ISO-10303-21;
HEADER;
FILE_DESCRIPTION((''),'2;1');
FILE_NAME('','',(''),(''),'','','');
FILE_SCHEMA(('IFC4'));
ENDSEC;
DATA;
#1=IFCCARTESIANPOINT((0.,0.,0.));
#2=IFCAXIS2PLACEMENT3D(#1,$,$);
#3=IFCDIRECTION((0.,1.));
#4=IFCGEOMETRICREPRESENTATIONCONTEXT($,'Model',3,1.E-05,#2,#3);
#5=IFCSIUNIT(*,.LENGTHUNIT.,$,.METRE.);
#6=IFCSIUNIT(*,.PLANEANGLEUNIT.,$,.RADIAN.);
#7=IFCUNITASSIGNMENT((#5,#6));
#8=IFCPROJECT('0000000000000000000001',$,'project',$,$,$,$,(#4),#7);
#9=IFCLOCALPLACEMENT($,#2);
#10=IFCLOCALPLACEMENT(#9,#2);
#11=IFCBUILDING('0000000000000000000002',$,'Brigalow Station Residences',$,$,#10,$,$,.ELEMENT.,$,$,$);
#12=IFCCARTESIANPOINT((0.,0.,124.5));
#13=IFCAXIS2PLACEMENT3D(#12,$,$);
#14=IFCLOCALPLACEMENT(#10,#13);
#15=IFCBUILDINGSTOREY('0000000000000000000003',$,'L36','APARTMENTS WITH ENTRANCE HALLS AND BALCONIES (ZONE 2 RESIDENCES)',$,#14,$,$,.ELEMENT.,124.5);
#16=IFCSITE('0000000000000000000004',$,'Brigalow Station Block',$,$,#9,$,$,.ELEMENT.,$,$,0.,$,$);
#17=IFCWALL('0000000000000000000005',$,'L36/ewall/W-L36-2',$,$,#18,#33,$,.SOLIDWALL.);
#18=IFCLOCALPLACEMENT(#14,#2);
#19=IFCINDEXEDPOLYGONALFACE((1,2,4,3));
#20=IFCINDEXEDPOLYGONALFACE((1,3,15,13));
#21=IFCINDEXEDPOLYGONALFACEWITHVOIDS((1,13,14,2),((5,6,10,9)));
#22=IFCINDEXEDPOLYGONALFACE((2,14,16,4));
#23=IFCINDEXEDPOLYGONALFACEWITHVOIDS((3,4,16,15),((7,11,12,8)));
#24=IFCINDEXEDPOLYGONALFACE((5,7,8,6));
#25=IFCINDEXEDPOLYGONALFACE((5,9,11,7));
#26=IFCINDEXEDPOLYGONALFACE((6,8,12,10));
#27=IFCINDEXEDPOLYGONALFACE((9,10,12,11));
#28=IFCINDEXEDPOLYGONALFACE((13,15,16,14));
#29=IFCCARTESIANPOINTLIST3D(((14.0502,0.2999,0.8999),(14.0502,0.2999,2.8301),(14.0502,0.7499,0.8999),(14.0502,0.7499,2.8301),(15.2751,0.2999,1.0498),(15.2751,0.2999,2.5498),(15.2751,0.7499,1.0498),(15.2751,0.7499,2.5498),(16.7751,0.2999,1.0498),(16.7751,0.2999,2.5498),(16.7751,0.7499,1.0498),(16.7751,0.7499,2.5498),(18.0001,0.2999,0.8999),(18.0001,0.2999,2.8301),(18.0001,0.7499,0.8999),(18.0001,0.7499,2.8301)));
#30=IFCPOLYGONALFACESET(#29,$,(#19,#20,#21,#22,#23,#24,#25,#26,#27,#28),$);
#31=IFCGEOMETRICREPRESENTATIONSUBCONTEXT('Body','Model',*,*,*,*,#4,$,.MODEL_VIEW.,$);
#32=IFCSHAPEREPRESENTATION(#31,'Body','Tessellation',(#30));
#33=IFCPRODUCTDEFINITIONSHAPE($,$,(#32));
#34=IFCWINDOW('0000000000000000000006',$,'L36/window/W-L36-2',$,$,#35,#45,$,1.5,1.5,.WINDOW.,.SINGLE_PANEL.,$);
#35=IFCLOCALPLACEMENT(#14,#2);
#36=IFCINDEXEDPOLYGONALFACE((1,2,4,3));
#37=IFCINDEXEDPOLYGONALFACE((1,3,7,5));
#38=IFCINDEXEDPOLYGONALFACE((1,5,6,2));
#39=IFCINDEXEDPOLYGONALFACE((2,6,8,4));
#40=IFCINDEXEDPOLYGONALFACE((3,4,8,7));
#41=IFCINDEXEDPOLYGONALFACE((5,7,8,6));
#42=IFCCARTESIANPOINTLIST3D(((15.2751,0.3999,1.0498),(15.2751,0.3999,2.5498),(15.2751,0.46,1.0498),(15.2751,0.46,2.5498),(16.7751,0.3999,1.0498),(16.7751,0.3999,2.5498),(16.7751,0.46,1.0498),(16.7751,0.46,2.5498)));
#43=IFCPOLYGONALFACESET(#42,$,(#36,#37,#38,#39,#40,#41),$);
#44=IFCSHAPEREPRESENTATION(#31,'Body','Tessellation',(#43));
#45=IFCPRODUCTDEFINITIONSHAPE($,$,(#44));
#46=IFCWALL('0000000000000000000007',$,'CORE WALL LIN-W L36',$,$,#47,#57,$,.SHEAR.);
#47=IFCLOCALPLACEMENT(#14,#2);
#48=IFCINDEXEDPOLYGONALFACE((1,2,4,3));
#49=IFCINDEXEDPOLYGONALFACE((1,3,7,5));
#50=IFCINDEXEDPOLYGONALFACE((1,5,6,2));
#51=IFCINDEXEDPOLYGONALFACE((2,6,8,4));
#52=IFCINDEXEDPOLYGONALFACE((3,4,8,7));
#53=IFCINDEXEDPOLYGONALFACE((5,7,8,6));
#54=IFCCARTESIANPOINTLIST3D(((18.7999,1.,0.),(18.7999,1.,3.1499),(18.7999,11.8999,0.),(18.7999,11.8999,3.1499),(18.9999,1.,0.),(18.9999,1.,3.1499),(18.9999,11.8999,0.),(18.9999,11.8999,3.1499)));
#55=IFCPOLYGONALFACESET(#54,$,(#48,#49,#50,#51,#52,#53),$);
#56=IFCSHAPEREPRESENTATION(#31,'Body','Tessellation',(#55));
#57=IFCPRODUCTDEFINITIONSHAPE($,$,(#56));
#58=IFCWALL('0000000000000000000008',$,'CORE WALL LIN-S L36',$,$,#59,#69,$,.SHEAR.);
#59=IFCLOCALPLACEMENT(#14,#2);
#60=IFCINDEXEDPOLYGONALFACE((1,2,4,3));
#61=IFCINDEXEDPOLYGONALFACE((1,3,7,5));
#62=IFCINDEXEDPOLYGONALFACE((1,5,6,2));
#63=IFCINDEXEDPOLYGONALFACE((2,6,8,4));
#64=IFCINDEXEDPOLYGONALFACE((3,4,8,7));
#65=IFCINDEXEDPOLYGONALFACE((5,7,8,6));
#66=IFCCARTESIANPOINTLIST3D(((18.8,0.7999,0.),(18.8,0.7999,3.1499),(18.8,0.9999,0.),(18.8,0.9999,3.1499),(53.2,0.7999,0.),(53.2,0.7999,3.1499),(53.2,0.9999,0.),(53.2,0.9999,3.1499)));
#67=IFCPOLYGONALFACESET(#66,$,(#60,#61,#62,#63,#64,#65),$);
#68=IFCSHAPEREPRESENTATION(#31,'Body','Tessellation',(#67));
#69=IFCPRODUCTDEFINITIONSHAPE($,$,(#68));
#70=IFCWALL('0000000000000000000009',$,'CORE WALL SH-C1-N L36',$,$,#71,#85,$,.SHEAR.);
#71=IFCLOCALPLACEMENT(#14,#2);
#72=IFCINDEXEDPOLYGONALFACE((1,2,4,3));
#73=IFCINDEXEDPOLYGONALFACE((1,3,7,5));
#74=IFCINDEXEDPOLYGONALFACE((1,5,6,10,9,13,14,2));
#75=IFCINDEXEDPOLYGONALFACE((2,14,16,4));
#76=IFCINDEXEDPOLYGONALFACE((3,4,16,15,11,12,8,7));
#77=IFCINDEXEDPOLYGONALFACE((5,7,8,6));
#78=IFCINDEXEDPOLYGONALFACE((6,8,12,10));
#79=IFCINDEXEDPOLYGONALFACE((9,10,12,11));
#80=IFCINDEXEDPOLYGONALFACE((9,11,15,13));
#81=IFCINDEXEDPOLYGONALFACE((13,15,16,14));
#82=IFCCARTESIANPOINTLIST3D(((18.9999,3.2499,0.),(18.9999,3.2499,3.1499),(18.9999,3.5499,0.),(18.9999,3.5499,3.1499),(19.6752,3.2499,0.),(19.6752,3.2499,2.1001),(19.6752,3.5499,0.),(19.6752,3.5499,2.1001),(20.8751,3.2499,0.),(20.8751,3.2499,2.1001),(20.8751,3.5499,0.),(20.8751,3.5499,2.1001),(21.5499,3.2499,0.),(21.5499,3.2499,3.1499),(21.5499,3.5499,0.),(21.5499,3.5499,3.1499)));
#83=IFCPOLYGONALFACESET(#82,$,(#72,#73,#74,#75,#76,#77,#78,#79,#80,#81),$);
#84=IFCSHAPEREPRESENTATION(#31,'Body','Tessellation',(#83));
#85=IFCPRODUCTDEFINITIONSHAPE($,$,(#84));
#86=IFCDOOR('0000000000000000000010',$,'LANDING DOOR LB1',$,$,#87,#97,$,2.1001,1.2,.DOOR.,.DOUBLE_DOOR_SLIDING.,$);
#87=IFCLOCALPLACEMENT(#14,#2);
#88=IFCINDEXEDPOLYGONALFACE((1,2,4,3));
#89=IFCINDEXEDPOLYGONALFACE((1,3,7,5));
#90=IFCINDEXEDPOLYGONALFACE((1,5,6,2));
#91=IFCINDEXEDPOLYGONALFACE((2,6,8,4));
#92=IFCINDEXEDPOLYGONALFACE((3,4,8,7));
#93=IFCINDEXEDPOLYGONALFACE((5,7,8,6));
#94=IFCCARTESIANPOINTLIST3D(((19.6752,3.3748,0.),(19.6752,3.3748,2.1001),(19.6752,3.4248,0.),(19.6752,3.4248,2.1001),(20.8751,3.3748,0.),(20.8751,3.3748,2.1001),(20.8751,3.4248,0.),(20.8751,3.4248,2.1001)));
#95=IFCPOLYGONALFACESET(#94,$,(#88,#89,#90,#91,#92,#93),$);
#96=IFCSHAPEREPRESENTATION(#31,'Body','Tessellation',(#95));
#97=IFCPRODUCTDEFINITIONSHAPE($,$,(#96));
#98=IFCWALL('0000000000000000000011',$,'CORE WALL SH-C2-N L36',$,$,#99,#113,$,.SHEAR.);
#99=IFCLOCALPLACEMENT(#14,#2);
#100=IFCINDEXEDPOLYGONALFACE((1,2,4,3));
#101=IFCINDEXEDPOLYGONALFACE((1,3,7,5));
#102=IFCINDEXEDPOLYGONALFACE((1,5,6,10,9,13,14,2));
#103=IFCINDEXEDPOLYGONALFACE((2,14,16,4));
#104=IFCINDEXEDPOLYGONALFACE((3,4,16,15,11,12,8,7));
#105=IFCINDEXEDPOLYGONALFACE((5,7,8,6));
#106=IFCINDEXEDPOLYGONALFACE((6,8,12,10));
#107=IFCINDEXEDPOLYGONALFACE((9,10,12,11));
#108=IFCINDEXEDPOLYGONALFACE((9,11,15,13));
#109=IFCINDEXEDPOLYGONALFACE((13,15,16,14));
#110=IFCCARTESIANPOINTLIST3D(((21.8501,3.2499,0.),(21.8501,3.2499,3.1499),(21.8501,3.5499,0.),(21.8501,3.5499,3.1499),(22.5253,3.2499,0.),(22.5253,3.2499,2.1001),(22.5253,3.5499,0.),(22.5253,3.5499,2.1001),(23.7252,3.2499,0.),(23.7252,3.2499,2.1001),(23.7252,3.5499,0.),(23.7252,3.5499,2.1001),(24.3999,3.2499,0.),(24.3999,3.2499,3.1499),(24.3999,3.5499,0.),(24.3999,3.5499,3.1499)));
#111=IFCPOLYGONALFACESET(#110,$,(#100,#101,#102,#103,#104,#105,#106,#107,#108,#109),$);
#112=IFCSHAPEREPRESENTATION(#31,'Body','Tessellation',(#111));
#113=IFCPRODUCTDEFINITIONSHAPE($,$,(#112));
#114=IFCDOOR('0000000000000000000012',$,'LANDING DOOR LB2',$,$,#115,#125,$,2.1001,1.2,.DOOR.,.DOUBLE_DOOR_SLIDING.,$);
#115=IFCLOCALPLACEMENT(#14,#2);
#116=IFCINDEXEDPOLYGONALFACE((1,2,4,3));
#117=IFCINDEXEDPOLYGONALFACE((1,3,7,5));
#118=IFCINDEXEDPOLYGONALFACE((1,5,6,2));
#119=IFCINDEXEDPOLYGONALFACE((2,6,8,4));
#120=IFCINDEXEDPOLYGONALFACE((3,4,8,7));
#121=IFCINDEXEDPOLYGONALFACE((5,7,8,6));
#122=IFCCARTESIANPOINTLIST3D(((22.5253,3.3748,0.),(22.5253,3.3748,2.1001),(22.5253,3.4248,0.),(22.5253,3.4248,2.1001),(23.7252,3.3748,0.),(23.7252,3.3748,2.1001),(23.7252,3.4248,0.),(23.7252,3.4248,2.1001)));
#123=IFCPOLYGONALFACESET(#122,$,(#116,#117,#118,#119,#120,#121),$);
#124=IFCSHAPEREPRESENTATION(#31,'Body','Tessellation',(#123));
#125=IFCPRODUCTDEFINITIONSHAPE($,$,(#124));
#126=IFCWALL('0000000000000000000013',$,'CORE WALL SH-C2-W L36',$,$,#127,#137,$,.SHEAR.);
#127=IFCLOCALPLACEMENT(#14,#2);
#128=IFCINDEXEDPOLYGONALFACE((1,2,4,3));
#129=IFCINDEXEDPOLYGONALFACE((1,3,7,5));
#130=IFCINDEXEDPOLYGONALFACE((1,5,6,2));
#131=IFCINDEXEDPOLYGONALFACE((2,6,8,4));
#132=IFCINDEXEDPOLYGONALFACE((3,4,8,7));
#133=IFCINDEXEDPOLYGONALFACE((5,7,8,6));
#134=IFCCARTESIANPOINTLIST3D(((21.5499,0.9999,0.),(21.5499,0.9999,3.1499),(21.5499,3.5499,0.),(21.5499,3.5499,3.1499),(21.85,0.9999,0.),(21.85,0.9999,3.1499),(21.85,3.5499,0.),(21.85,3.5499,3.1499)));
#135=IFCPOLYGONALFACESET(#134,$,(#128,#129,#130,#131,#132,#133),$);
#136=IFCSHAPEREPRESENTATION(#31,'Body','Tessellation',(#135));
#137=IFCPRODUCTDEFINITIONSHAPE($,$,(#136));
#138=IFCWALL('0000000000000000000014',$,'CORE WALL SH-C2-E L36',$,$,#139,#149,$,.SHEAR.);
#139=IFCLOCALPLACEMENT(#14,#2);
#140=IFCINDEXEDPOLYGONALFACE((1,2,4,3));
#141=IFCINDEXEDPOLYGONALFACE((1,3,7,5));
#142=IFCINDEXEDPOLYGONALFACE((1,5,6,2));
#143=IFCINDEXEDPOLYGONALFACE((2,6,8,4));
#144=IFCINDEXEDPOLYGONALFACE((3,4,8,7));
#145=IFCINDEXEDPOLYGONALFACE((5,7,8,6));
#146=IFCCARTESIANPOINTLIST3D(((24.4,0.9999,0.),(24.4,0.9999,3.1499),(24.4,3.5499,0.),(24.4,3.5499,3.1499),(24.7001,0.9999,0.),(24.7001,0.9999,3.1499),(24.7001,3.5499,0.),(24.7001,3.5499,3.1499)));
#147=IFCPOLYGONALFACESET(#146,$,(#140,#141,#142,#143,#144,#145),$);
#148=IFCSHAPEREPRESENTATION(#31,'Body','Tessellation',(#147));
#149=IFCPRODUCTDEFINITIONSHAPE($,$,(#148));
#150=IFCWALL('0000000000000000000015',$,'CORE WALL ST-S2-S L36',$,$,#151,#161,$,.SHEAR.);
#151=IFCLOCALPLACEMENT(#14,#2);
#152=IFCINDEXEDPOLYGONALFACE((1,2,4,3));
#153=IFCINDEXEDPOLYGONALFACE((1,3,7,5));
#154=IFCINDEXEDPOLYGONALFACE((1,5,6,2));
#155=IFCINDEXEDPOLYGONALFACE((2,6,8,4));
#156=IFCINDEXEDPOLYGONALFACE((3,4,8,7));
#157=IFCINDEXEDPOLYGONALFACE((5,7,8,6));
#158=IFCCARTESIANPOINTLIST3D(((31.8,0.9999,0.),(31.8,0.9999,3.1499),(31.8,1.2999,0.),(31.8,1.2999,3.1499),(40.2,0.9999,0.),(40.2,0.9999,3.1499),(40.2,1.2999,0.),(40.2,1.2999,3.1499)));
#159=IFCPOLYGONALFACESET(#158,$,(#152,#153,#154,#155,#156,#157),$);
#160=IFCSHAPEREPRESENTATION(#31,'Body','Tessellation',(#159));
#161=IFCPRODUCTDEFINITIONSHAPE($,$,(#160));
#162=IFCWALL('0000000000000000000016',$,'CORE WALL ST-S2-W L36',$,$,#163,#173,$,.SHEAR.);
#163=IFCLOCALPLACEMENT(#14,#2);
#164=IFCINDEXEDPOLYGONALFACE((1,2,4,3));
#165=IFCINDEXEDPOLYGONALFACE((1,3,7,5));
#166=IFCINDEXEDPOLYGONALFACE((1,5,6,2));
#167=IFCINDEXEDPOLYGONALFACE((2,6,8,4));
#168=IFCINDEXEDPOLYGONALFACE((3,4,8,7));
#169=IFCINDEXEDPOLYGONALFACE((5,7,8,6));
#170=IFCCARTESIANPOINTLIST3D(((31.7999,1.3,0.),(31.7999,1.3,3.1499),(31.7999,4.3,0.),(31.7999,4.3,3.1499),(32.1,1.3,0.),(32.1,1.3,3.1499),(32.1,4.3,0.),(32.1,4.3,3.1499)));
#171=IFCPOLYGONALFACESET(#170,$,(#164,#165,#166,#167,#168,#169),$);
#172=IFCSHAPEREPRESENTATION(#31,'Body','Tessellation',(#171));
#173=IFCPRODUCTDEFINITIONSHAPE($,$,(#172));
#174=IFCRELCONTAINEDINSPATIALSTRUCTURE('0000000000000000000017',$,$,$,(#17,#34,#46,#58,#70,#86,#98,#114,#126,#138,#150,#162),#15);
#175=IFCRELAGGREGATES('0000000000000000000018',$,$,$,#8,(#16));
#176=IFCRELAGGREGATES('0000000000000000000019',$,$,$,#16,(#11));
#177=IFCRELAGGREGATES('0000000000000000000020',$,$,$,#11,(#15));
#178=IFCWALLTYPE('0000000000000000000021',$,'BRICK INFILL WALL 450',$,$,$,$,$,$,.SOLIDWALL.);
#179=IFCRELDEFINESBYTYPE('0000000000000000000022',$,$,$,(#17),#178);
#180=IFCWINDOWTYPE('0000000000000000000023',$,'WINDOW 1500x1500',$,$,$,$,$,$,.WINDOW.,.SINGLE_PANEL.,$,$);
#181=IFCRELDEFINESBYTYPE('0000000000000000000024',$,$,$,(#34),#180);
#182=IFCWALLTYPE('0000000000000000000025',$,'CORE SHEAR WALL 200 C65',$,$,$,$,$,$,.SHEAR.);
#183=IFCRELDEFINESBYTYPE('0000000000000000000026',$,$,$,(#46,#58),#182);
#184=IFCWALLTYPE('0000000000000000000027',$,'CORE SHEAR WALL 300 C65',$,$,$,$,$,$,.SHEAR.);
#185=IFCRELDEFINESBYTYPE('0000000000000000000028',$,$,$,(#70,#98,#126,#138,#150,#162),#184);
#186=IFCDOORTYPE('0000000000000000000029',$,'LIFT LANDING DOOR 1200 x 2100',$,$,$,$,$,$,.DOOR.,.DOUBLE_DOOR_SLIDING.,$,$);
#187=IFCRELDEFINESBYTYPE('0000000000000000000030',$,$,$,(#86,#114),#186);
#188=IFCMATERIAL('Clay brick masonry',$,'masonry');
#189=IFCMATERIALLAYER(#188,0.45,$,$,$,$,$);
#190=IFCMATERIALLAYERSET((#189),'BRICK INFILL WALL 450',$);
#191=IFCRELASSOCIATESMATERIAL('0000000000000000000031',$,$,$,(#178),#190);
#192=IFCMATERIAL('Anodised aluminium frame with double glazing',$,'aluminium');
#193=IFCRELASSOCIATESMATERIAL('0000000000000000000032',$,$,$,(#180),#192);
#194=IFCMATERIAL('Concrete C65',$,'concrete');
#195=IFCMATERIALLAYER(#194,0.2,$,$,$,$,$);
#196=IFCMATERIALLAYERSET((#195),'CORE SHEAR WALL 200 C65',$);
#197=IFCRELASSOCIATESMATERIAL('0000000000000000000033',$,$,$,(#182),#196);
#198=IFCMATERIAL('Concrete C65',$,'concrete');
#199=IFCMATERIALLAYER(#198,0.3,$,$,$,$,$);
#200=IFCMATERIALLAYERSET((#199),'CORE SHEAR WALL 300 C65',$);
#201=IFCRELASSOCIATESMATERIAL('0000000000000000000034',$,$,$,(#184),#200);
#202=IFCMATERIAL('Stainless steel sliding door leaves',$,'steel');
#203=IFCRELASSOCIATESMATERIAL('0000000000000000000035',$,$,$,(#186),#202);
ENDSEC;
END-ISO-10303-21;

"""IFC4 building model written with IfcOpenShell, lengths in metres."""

from ifc_helpers import new_model, si_unit, direction, frame, frame_2d, origin, place, context, subcontext, project, spatial, rectangle, extrude, material, layer, layer_set, type_object, element, fill, save


model = new_model("IFC4")

# Units and contexts
model_context = context("Model", 3, precision=1e-05, world=origin(), true_north=direction((0.0, 1.0)))
body_context = subcontext(model_context, "Body", "Model", "MODEL_VIEW")
ifc_project = project(units=[si_unit("LENGTHUNIT", "METRE"), si_unit("PLANEANGLEUNIT", "RADIAN")], contexts=[model_context])

# Site, building, storey
site_placement = place(None, origin())
site = spatial("IfcSite", under=ifc_project, at=site_placement, Name="Brigalow Station Block", CompositionType="ELEMENT", RefElevation=0.0)
building_placement = place(site_placement, origin())
building = spatial("IfcBuilding", under=site, at=building_placement, Name="Brigalow Station Residences", CompositionType="ELEMENT")
storey_placement = place(building_placement, frame((0.0, 0.0, 124.5)))
storey = spatial("IfcBuildingStorey", under=building, at=storey_placement, Name="L36", Description="APARTMENTS WITH ENTRANCE HALLS AND BALCONIES (ZONE 2 RESIDENCES)", CompositionType="ELEMENT", Elevation=124.5)

# Wall, opening, window
ifc_material_1 = material(Name="Clay brick masonry", Category="masonry")
ifc_layer_1 = layer(ifc_material_1, 0.45)
ifc_layer_set_1 = layer_set([ifc_layer_1], Name="BRICK INFILL WALL 450")
wall_type_1 = type_object("IfcWallType", Name="BRICK INFILL WALL 450", PredefinedType="SOLIDWALL", material=ifc_layer_set_1)
wall_1_placement = place(storey_placement, frame((14.05, 0.5249, 0.8999), z_axis=(0.0, 0.0, 1.0), x_axis=(1.0, 0.0, 0.0)))
wall_1 = element("IfcWall", 1, at=wall_1_placement, inside=storey, type_object=wall_type_1, Name="L36/ewall/W-L36-2", PredefinedType="SOLIDWALL", context=body_context, shape_type="SweptSolid", body=[
    extrude(rectangle(XDim=3.95, YDim=0.45, at=frame_2d((1.9751, 0.0))), origin(), (0.0, 0.0, 1.0), 1.9302),
])
opening_1_placement = place(wall_1_placement, frame((1.2251, 0.0, 0.1499)))
opening_1 = element("IfcOpeningElement", 2, at=opening_1_placement, cuts=wall_1, PredefinedType="OPENING", context=body_context, shape_type="SweptSolid", body=[
    extrude(rectangle(XDim=1.5, YDim=1.5, at=frame_2d((0.75, 0.75))), frame((0.0, 0.2349, 0.0), z_axis=(0.0, -1.0, 0.0), x_axis=(1.0, 0.0, 0.0)), (0.0, 0.0, 1.0), 0.47),
])
ifc_material_2 = material(Name="Anodised aluminium frame with double glazing", Category="aluminium")
window_type = type_object("IfcWindowType", Name="WINDOW 1500x1500", PartitioningType="SINGLE_PANEL", PredefinedType="WINDOW", material=ifc_material_2)
window_placement = place(opening_1_placement, origin())
window = element("IfcWindow", 3, at=window_placement, inside=storey, type_object=window_type, Name="L36/window/W-L36-2", OverallHeight=1.5, OverallWidth=1.5, PartitioningType="SINGLE_PANEL", PredefinedType="WINDOW", context=body_context, shape_type="SweptSolid", body=[
    extrude(rectangle(XDim=1.5, YDim=1.5, at=frame_2d((0.75, 0.75))), frame((0.0, -0.0649, 0.0), z_axis=(0.0, -1.0, 0.0), x_axis=(1.0, 0.0, 0.0)), (0.0, 0.0, 1.0), 0.0601),
])
fill(opening_1, window)

# Walls
ifc_material_3 = material(Name="Concrete C65", Category="concrete")
ifc_layer_2 = layer(ifc_material_3, 0.2)
ifc_layer_set_2 = layer_set([ifc_layer_2], Name="CORE SHEAR WALL 200 C65")
wall_type_2 = type_object("IfcWallType", Name="CORE SHEAR WALL 200 C65", PredefinedType="SHEAR", material=ifc_layer_set_2)
wall_2_placement = place(storey_placement, frame((18.8999, 1.0, 0.0), z_axis=(0.0, 0.0, 1.0), x_axis=(0.0, 1.0, 0.0)))
element("IfcWall", 4, at=wall_2_placement, inside=storey, type_object=wall_type_2, Name="CORE WALL LIN-W L36", PredefinedType="SHEAR", context=body_context, shape_type="SweptSolid", body=[
    extrude(rectangle(XDim=10.8999, YDim=0.2, at=frame_2d((5.45, 0.0))), origin(), (0.0, 0.0, 1.0), 3.1499),
])
wall_3_placement = place(storey_placement, frame((18.8, 0.8999, 0.0), z_axis=(0.0, 0.0, 1.0), x_axis=(1.0, 0.0, 0.0)))
element("IfcWall", 5, at=wall_3_placement, inside=storey, type_object=wall_type_2, Name="CORE WALL LIN-S L36", PredefinedType="SHEAR", context=body_context, shape_type="SweptSolid", body=[
    extrude(rectangle(XDim=34.3999, YDim=0.2, at=frame_2d((17.2, 0.0))), origin(), (0.0, 0.0, 1.0), 3.1499),
])

# Walls, openings, doors
ifc_material_4 = material(Name="Concrete C65", Category="concrete")
ifc_layer_3 = layer(ifc_material_4, 0.3)
ifc_layer_set_3 = layer_set([ifc_layer_3], Name="CORE SHEAR WALL 300 C65")
wall_type_3 = type_object("IfcWallType", Name="CORE SHEAR WALL 300 C65", PredefinedType="SHEAR", material=ifc_layer_set_3)
wall_4_placement = place(storey_placement, frame((19.0, 3.3999, 0.0), z_axis=(0.0, 0.0, 1.0), x_axis=(1.0, 0.0, 0.0)))
wall_4 = element("IfcWall", 6, at=wall_4_placement, inside=storey, type_object=wall_type_3, Name="CORE WALL SH-C1-N L36", PredefinedType="SHEAR", context=body_context, shape_type="SweptSolid", body=[
    extrude(rectangle(XDim=2.55, YDim=0.3, at=frame_2d((1.2749, 0.0))), origin(), (0.0, 0.0, 1.0), 3.1499),
])
opening_2_placement = place(wall_4_placement, frame((0.675, 0.0, 0.0)))
opening_2 = element("IfcOpeningElement", 7, at=opening_2_placement, cuts=wall_4, PredefinedType="OPENING", context=body_context, shape_type="SweptSolid", body=[
    extrude(rectangle(XDim=1.2, YDim=2.1001, at=frame_2d((0.6001, 1.05))), frame((0.0, 0.1602, 0.0), z_axis=(0.0, -1.0, 0.0), x_axis=(1.0, 0.0, 0.0)), (0.0, 0.0, 1.0), 0.3201),
])
ifc_material_5 = material(Name="Stainless steel sliding door leaves", Category="steel")
door_type = type_object("IfcDoorType", Name="LIFT LANDING DOOR 1200 x 2100", OperationType="DOUBLE_DOOR_SLIDING", PredefinedType="DOOR", material=ifc_material_5)
door_1_placement = place(opening_2_placement, origin())
door_1 = element("IfcDoor", 8, at=door_1_placement, inside=storey, type_object=door_type, Name="LANDING DOOR LB1", OperationType="DOUBLE_DOOR_SLIDING", OverallHeight=2.1001, OverallWidth=1.2, PredefinedType="DOOR", context=body_context, shape_type="SweptSolid", body=[
    extrude(rectangle(XDim=1.2, YDim=2.1001, at=frame_2d((0.6001, 1.05))), frame((0.0, 0.0249, 0.0), z_axis=(0.0, -1.0, 0.0), x_axis=(1.0, 0.0, 0.0)), (0.0, 0.0, 1.0), 0.05),
])
fill(opening_2, door_1)
wall_5_placement = place(storey_placement, frame((21.8501, 3.3999, 0.0), z_axis=(0.0, 0.0, 1.0), x_axis=(1.0, 0.0, 0.0)))
wall_5 = element("IfcWall", 9, at=wall_5_placement, inside=storey, type_object=wall_type_3, Name="CORE WALL SH-C2-N L36", PredefinedType="SHEAR", context=body_context, shape_type="SweptSolid", body=[
    extrude(rectangle(XDim=2.5498, YDim=0.3, at=frame_2d((1.2749, 0.0))), origin(), (0.0, 0.0, 1.0), 3.1499),
])
opening_3_placement = place(wall_5_placement, frame((0.675, 0.0, 0.0)))
opening_3 = element("IfcOpeningElement", 10, at=opening_3_placement, cuts=wall_5, PredefinedType="OPENING", context=body_context, shape_type="SweptSolid", body=[
    extrude(rectangle(XDim=1.2, YDim=2.1001, at=frame_2d((0.6001, 1.05))), frame((0.0, 0.1602, 0.0), z_axis=(0.0, -1.0, 0.0), x_axis=(1.0, 0.0, 0.0)), (0.0, 0.0, 1.0), 0.3201),
])
door_2_placement = place(opening_3_placement, origin())
door_2 = element("IfcDoor", 11, at=door_2_placement, inside=storey, type_object=door_type, Name="LANDING DOOR LB2", OperationType="DOUBLE_DOOR_SLIDING", OverallHeight=2.1001, OverallWidth=1.2, PredefinedType="DOOR", context=body_context, shape_type="SweptSolid", body=[
    extrude(rectangle(XDim=1.2, YDim=2.1001, at=frame_2d((0.6001, 1.05))), frame((0.0, 0.0249, 0.0), z_axis=(0.0, -1.0, 0.0), x_axis=(1.0, 0.0, 0.0)), (0.0, 0.0, 1.0), 0.05),
])
fill(opening_3, door_2)

# Walls
for number, where, z_axis, x_axis, name in (
    (12, (21.7, 1.0, 0.0), (0.0, 0.0, 1.0), (0.0, 1.0, 0.0), "CORE WALL SH-C2-W L36"),
    (13, (24.55, 1.0, 0.0), (0.0, 0.0, 1.0), (0.0, 1.0, 0.0), "CORE WALL SH-C2-E L36"),
):
    element("IfcWall", number, at=place(storey_placement, frame(where, z_axis=z_axis, x_axis=x_axis)), inside=storey, type_object=wall_type_3, Name=name, PredefinedType="SHEAR", context=body_context, shape_type="SweptSolid", body=[
        extrude(rectangle(XDim=2.55, YDim=0.3, at=frame_2d((1.2749, 0.0))), origin(), (0.0, 0.0, 1.0), 3.1499),
    ])
wall_6_placement = place(storey_placement, frame((31.8, 1.1499, 0.0), z_axis=(0.0, 0.0, 1.0), x_axis=(1.0, 0.0, 0.0)))
element("IfcWall", 14, at=wall_6_placement, inside=storey, type_object=wall_type_3, Name="CORE WALL ST-S2-S L36", PredefinedType="SHEAR", context=body_context, shape_type="SweptSolid", body=[
    extrude(rectangle(XDim=8.3999, YDim=0.3, at=frame_2d((4.2, 0.0))), origin(), (0.0, 0.0, 1.0), 3.1499),
])
wall_7_placement = place(storey_placement, frame((31.95, 1.3, 0.0), z_axis=(0.0, 0.0, 1.0), x_axis=(0.0, 1.0, 0.0)))
element("IfcWall", 15, at=wall_7_placement, inside=storey, type_object=wall_type_3, Name="CORE WALL ST-S2-W L36", PredefinedType="SHEAR", context=body_context, shape_type="SweptSolid", body=[
    extrude(rectangle(XDim=3.0, YDim=0.3, at=frame_2d((1.5, 0.0))), origin(), (0.0, 0.0, 1.0), 3.1499),
])

save(model, "model.ifc")
